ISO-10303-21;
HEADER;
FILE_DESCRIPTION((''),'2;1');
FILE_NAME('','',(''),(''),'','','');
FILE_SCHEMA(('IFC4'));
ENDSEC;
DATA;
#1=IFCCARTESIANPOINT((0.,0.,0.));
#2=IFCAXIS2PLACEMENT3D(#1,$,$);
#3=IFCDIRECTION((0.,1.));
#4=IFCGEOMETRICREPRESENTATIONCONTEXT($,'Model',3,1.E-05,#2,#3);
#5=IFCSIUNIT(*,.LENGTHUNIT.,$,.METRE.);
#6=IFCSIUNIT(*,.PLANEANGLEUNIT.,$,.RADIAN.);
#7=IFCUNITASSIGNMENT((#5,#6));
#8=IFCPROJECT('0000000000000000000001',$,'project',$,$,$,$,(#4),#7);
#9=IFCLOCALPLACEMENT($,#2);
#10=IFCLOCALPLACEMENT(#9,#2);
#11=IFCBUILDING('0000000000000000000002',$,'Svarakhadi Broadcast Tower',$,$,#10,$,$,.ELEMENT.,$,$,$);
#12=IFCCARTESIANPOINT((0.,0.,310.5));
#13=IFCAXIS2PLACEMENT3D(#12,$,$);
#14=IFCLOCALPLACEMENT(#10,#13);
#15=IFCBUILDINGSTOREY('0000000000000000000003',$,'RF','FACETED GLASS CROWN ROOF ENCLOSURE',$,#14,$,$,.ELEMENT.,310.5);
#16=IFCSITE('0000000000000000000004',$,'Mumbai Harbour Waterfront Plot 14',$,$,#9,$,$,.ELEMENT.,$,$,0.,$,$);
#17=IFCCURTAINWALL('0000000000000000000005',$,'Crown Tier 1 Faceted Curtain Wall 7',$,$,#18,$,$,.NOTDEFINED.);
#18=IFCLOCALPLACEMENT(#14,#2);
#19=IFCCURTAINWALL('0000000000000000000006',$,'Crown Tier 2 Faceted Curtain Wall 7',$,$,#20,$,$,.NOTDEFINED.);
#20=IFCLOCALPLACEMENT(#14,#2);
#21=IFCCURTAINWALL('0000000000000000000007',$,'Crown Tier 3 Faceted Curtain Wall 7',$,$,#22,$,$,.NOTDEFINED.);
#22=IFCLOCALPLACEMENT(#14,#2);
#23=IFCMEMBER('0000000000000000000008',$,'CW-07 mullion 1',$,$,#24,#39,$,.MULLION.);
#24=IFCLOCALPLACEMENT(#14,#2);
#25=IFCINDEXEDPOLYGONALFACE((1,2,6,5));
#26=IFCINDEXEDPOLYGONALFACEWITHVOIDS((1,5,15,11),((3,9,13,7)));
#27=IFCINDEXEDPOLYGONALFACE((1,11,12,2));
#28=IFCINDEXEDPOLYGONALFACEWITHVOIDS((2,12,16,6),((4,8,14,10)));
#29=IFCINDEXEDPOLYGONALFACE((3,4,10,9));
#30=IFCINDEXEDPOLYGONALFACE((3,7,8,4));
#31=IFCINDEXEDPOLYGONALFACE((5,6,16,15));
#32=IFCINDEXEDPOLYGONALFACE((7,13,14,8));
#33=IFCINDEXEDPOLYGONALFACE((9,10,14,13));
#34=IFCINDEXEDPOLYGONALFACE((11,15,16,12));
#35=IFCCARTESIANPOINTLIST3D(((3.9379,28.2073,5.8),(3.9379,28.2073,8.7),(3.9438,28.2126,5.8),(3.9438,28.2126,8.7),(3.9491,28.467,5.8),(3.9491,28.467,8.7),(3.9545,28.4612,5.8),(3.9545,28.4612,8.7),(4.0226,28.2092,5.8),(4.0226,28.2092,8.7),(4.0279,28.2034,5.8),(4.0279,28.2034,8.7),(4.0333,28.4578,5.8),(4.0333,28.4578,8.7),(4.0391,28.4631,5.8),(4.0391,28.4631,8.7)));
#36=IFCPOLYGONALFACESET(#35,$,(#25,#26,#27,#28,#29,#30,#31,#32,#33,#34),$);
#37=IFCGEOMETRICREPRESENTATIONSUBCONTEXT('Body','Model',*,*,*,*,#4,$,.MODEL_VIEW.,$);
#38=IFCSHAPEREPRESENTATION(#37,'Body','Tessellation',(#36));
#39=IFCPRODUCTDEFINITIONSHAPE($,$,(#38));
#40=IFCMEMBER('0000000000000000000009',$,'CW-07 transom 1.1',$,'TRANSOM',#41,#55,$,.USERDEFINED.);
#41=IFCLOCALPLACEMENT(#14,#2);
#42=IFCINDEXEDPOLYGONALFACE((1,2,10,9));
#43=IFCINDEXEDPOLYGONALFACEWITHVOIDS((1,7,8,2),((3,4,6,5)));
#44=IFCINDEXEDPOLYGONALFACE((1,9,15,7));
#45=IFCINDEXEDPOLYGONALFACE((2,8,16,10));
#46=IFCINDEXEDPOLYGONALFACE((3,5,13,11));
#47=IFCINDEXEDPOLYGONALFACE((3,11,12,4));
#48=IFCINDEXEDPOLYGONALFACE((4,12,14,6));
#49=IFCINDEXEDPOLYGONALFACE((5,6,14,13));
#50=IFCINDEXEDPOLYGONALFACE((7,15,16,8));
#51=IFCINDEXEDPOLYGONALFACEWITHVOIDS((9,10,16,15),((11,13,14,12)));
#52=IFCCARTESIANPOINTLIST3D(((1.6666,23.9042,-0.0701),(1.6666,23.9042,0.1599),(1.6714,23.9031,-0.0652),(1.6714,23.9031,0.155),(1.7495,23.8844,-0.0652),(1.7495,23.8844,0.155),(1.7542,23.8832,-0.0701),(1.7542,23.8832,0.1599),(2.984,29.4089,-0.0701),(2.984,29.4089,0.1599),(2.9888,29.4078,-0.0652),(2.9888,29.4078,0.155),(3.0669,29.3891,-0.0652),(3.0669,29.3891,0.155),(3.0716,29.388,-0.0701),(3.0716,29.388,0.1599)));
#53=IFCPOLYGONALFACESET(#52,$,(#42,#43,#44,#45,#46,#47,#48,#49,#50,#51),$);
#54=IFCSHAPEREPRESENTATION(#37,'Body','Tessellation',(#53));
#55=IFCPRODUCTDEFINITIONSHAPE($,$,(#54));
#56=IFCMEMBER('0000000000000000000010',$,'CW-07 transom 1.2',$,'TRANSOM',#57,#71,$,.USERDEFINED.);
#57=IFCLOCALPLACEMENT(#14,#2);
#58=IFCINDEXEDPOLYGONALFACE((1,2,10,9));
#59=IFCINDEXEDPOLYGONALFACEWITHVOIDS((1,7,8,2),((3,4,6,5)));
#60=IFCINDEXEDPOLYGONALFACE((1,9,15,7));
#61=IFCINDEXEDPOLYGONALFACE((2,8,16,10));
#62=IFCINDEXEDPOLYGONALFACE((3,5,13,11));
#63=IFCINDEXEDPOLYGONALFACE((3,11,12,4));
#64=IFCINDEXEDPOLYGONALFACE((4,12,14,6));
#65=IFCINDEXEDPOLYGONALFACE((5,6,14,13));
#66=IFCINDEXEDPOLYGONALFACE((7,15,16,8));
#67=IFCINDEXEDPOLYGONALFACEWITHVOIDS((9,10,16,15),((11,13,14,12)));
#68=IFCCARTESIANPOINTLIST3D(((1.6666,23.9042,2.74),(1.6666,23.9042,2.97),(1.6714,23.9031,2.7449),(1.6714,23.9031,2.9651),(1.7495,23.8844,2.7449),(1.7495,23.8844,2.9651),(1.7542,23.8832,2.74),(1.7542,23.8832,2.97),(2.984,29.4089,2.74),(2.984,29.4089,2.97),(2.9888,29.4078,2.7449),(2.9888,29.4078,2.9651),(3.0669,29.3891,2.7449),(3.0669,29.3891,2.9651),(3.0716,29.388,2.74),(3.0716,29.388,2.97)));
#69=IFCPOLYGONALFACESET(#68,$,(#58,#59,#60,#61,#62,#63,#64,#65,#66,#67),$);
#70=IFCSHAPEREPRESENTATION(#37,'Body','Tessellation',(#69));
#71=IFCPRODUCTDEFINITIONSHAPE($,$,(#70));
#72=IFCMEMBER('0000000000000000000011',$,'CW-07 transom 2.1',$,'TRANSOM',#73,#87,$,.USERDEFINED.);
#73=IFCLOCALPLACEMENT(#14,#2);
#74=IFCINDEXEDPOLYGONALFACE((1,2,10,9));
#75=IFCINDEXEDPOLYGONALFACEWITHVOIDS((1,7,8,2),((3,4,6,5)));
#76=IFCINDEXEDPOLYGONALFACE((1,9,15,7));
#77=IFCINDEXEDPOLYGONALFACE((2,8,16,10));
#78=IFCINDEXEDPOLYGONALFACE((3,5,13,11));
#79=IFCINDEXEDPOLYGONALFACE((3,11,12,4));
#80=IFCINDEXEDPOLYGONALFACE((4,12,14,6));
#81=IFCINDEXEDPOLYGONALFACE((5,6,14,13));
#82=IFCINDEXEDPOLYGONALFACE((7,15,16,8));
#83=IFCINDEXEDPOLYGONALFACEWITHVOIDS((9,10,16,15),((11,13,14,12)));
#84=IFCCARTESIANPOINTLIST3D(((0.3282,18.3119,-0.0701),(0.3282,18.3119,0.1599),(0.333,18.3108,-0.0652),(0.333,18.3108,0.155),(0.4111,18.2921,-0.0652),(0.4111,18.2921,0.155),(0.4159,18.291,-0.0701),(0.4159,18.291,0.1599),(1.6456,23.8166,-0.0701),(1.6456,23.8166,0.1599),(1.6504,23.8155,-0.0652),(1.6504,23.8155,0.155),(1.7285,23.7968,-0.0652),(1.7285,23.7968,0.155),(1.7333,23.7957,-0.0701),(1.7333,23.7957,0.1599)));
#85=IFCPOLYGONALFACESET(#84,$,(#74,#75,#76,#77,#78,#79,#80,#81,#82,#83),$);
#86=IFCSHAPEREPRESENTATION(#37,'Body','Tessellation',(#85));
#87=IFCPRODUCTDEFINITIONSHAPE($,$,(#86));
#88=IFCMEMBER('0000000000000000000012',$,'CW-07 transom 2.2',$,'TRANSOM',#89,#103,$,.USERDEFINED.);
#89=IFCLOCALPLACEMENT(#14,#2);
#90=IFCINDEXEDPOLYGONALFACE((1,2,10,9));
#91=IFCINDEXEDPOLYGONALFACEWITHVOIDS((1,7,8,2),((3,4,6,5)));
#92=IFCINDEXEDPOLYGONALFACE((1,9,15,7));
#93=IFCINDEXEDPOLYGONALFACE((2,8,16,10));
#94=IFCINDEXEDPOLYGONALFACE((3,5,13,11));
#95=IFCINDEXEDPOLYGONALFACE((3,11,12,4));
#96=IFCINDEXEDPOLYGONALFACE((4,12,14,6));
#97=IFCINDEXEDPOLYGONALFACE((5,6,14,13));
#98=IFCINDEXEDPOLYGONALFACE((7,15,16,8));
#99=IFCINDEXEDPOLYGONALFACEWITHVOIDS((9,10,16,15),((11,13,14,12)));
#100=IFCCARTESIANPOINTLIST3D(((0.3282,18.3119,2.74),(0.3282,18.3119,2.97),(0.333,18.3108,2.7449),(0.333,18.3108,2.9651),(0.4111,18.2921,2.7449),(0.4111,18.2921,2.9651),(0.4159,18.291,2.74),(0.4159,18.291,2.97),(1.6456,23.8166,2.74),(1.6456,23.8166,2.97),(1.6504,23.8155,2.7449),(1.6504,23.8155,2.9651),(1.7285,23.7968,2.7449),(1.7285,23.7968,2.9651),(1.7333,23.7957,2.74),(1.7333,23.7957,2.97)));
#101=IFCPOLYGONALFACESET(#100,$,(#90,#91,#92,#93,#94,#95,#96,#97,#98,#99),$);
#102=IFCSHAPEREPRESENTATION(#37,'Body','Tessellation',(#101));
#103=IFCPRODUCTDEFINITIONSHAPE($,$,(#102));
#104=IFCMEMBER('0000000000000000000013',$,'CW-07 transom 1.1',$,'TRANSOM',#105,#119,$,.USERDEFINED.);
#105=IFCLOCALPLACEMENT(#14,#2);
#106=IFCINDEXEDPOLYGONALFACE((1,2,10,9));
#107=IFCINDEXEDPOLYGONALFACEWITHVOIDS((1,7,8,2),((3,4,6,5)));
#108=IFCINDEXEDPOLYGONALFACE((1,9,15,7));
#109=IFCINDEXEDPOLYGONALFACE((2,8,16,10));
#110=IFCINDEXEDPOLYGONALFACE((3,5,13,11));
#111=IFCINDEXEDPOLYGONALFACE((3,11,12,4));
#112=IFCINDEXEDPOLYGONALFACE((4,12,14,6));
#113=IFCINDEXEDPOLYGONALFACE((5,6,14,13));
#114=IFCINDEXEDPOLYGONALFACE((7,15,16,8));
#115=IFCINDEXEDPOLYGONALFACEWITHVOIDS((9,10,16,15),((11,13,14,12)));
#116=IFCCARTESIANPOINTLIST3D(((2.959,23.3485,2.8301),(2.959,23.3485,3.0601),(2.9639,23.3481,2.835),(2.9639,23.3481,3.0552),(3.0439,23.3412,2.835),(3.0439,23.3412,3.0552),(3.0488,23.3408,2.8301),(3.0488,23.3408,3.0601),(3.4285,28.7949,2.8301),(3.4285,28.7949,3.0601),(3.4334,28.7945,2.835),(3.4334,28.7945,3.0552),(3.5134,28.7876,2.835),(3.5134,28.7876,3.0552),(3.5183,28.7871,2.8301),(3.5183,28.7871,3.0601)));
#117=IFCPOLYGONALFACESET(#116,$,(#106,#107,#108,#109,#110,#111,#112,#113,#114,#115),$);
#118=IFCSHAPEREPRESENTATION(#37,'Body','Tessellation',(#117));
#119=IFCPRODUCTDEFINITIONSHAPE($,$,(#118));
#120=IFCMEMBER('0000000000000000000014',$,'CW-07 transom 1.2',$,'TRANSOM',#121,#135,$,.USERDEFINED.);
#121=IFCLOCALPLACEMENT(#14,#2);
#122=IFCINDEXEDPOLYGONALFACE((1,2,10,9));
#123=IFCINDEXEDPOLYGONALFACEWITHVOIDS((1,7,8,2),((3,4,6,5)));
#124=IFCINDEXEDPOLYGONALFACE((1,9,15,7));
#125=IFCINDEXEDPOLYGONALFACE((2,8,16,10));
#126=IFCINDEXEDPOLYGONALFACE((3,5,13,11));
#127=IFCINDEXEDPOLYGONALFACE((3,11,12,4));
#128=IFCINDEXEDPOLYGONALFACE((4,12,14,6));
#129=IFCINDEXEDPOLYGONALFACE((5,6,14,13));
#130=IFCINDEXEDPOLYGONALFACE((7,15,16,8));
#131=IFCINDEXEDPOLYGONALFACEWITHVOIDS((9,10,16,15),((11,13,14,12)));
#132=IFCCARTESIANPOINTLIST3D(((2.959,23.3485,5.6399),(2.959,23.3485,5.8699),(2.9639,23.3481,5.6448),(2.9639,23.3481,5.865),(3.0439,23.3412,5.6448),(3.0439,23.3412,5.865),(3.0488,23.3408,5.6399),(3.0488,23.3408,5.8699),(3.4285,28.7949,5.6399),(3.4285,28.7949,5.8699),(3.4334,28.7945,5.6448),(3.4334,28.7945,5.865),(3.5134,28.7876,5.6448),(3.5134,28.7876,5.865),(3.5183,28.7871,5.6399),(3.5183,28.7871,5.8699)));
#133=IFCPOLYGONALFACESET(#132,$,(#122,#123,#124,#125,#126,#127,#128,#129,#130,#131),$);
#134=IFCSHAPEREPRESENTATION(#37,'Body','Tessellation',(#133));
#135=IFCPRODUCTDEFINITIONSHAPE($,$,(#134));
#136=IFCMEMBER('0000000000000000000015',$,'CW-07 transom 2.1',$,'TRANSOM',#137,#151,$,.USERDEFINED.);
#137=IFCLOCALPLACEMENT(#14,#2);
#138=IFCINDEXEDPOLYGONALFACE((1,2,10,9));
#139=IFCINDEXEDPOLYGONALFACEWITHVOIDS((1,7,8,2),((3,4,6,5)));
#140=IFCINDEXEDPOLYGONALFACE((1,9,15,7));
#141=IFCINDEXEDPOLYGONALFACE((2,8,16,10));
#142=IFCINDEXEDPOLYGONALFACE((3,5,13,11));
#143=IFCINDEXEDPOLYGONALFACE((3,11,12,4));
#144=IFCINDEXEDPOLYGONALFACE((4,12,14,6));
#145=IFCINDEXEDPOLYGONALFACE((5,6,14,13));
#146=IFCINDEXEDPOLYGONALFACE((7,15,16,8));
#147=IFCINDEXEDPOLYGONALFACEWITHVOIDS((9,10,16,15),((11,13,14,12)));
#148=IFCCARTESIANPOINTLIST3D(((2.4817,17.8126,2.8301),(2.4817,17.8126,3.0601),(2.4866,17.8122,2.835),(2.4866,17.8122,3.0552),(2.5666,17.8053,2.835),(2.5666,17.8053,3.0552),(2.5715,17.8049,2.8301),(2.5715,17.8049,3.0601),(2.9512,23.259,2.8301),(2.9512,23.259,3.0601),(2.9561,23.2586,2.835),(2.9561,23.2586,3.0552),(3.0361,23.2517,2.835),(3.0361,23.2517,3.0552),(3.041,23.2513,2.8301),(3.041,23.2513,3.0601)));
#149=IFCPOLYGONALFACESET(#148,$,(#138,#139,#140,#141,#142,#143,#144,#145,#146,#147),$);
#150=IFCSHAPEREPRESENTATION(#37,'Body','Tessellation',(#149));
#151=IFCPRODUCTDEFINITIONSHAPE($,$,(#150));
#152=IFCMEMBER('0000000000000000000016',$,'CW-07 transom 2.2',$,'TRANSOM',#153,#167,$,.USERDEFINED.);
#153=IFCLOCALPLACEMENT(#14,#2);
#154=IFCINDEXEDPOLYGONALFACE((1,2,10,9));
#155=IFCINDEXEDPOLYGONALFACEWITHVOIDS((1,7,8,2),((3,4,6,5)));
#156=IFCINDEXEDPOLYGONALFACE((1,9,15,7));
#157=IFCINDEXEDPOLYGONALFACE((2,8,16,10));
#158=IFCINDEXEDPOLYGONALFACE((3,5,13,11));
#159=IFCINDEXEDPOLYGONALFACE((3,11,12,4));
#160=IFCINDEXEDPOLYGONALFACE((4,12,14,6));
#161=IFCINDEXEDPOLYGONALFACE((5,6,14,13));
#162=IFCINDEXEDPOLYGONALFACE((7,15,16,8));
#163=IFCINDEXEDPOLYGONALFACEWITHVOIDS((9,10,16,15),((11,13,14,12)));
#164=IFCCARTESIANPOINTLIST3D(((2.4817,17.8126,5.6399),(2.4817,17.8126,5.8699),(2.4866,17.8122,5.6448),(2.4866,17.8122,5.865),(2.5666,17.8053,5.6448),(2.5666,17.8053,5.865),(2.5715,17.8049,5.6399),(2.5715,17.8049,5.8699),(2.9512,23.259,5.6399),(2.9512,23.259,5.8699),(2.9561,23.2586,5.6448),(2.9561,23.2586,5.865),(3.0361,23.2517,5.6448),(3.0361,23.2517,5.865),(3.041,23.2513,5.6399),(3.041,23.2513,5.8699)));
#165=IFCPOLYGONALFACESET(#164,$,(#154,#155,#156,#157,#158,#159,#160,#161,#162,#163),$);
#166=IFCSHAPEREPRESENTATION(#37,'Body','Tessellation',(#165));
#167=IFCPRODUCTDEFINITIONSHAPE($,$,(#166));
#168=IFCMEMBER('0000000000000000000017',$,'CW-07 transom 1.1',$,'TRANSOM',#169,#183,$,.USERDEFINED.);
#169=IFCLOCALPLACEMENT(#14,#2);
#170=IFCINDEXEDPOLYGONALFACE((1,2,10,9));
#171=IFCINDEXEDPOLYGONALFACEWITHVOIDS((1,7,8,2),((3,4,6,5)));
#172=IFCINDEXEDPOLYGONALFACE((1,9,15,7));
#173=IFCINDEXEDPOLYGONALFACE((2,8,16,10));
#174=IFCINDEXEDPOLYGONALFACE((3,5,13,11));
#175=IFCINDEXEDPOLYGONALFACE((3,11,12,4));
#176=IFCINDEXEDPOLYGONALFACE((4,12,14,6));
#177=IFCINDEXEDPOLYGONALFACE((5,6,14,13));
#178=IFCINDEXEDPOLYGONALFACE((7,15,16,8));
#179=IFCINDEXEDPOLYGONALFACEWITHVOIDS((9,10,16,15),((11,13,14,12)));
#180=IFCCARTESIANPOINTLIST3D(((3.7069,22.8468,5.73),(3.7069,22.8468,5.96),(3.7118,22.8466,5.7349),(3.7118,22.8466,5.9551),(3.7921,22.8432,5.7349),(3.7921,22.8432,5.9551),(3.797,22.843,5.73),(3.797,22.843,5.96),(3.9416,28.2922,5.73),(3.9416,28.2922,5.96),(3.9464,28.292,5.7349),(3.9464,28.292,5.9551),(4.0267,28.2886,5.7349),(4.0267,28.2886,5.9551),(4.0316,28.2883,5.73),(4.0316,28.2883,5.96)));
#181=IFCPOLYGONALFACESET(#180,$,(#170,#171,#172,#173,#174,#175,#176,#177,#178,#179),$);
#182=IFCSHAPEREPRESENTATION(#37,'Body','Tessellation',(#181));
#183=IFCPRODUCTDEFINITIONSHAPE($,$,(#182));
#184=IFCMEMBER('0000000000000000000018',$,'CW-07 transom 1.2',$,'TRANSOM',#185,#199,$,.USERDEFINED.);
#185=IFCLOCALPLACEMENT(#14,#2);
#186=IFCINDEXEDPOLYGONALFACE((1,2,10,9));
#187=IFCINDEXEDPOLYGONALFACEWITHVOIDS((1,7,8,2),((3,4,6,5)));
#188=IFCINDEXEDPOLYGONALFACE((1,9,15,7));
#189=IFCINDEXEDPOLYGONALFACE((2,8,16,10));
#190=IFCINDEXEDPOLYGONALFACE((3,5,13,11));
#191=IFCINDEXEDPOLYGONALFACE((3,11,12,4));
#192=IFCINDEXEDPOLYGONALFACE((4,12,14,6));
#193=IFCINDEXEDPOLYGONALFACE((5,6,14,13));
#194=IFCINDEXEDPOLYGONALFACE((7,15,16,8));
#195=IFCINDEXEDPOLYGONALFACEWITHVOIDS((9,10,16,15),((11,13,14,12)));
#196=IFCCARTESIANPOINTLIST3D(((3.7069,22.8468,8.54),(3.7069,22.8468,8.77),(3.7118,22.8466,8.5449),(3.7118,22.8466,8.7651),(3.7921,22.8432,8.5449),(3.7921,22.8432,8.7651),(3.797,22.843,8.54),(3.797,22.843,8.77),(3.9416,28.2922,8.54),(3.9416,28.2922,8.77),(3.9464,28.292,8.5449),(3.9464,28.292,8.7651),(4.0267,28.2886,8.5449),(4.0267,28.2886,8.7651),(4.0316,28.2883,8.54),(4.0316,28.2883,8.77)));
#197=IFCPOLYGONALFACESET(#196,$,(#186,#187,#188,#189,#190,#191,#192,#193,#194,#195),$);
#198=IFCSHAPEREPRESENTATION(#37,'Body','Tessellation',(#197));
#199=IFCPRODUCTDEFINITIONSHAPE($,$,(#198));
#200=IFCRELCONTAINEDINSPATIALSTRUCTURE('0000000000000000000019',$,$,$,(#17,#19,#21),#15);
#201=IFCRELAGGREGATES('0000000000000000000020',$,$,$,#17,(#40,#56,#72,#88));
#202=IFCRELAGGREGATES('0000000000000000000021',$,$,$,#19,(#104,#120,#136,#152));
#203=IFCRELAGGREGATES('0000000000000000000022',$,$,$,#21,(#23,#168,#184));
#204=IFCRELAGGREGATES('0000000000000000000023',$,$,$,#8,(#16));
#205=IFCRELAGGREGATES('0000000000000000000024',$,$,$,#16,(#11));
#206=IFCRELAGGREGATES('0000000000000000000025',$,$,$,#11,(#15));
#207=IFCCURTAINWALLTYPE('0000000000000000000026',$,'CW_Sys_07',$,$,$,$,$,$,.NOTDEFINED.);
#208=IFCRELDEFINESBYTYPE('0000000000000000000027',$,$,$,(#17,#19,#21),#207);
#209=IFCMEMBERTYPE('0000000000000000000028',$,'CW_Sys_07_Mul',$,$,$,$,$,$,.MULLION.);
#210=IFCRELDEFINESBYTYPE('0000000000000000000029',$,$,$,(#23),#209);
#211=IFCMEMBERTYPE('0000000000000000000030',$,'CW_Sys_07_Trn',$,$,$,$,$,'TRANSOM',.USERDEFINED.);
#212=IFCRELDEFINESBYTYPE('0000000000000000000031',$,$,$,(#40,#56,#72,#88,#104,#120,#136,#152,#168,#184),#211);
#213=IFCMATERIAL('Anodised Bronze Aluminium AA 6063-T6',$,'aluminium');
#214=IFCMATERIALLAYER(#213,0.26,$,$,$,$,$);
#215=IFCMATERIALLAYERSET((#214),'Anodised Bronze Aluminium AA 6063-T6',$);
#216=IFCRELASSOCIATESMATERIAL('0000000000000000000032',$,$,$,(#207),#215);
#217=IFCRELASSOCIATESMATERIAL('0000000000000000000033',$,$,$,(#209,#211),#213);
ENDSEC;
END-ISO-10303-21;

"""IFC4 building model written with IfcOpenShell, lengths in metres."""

from ifc_helpers import new_model, si_unit, direction, frame, origin, origin_2d, place, context, subcontext, project, spatial, hollow_rectangle, extrude, material, layer, layer_set, material_profile, profile_set, type_object, element, aggregate, save


model = new_model("IFC4")

# Units and contexts
model_context = context("Model", 3, precision=1e-05, world=origin(), true_north=direction((0.0, 1.0)))
body_context = subcontext(model_context, "Body", "Model", "MODEL_VIEW")
ifc_project = project(units=[si_unit("LENGTHUNIT", "METRE"), si_unit("PLANEANGLEUNIT", "RADIAN")], contexts=[model_context])

# Site, building, storey
site_placement = place(None, origin())
site = spatial("IfcSite", under=ifc_project, at=site_placement, Name="Mumbai Harbour Waterfront Plot 14", CompositionType="ELEMENT", RefElevation=0.0)
building_placement = place(site_placement, origin())
building = spatial("IfcBuilding", under=site, at=building_placement, Name="Svarakhadi Broadcast Tower", CompositionType="ELEMENT")
storey_placement = place(building_placement, frame((0.0, 0.0, 310.5)))
storey = spatial("IfcBuildingStorey", under=building, at=storey_placement, Name="RF", Description="FACETED GLASS CROWN ROOF ENCLOSURE", CompositionType="ELEMENT", Elevation=310.5)

# Shared definitions
ifc_material_1 = material(Name="Anodised Bronze Aluminium AA 6063-T6", Category="aluminium")
ifc_layer_1 = layer(ifc_material_1, 0.26)
ifc_layer_set_1 = layer_set([ifc_layer_1], Name="Anodised Bronze Aluminium AA 6063-T6")
curtain_wall_type = type_object("IfcCurtainWallType", Name="CW_Sys_07", PredefinedType="NOTDEFINED", material=ifc_layer_set_1)
ifc_material_profile_1 = material_profile(ifc_material_1, hollow_rectangle(XDim=0.0901, YDim=0.26, WallThickness=0.0056, at=origin_2d()), Name="ALU MULLION 260x90x6")
ifc_profile_set_1 = profile_set([ifc_material_profile_1], Name="Anodised Bronze Aluminium AA 6063-T6")
member_type_1 = type_object("IfcMemberType", Name="CW_Sys_07_Mul", PredefinedType="MULLION", material=ifc_profile_set_1)

# Curtain wall
curtain_wall_1_placement = place(storey_placement, origin())
curtain_wall_1 = element("IfcCurtainWall", 1, at=curtain_wall_1_placement, inside=storey, type_object=curtain_wall_type, Name="Crown Tier 1 Faceted Curtain Wall 7", PredefinedType="NOTDEFINED")

# Curtain wall
curtain_wall_2_placement = place(storey_placement, origin())
curtain_wall_2 = element("IfcCurtainWall", 2, at=curtain_wall_2_placement, inside=storey, type_object=curtain_wall_type, Name="Crown Tier 2 Faceted Curtain Wall 7", PredefinedType="NOTDEFINED")

# Curtain wall, member
curtain_wall_3_placement = place(storey_placement, origin())
curtain_wall_3 = element("IfcCurtainWall", 3, at=curtain_wall_3_placement, inside=storey, type_object=curtain_wall_type, Name="Crown Tier 3 Faceted Curtain Wall 7", PredefinedType="NOTDEFINED")
member_1_placement = place(storey_placement, frame((3.9885, 28.3352, 5.8), z_axis=(0.0, 0.0, 1.0), x_axis=(0.999073, -0.043059, 0.0)))
member_1 = element("IfcMember", 4, at=member_1_placement, type_object=member_type_1, Name="CW-07 mullion 1", PredefinedType="MULLION", context=body_context, shape_type="SweptSolid", body=[
    extrude(hollow_rectangle(XDim=0.0901, YDim=0.26, WallThickness=0.0056, at=origin_2d()), origin(), (0.0, 0.0, 1.0), 2.8999),
])

# Members
ifc_material_profile_2 = material_profile(ifc_material_1, hollow_rectangle(XDim=0.0901, YDim=0.23, WallThickness=0.0049, at=origin_2d()), Name="ALU TRANSOM 230x90x5")
ifc_profile_set_2 = profile_set([ifc_material_profile_2], Name="Anodised Bronze Aluminium AA 6063-T6")
member_type_2 = type_object("IfcMemberType", Name="CW_Sys_07_Trn", ElementType="TRANSOM", PredefinedType="USERDEFINED", material=ifc_profile_set_2)
member_2_placement = place(storey_placement, frame((3.0278, 29.3984, 0.0449), z_axis=(-0.23275, -0.972537, 0.0), x_axis=(0.972537, -0.23275, 0.0)))
member_2 = element("IfcMember", 5, at=member_2_placement, type_object=member_type_2, Name="CW-07 transom 1.1", ObjectType="TRANSOM", PredefinedType="USERDEFINED", context=body_context, shape_type="SweptSolid", body=[
    extrude(hollow_rectangle(XDim=0.0901, YDim=0.23, WallThickness=0.0049, at=origin_2d()), origin(), (0.0, 0.0, 1.0), 5.6602),
])
member_3_placement = place(storey_placement, frame((3.0278, 29.3984, 2.855), z_axis=(-0.23275, -0.972537, 0.0), x_axis=(0.972537, -0.23275, 0.0)))
member_3 = element("IfcMember", 6, at=member_3_placement, type_object=member_type_2, Name="CW-07 transom 1.2", ObjectType="TRANSOM", PredefinedType="USERDEFINED", context=body_context, shape_type="SweptSolid", body=[
    extrude(hollow_rectangle(XDim=0.0901, YDim=0.23, WallThickness=0.0049, at=origin_2d()), origin(), (0.0, 0.0, 1.0), 5.6602),
])
member_4_placement = place(storey_placement, frame((1.6895, 23.8062, 0.0449), z_axis=(-0.23275, -0.972537, 0.0), x_axis=(0.972537, -0.23275, 0.0)))
member_4 = element("IfcMember", 7, at=member_4_placement, type_object=member_type_2, Name="CW-07 transom 2.1", ObjectType="TRANSOM", PredefinedType="USERDEFINED", context=body_context, shape_type="SweptSolid", body=[
    extrude(hollow_rectangle(XDim=0.0901, YDim=0.23, WallThickness=0.0049, at=origin_2d()), origin(), (0.0, 0.0, 1.0), 5.6602),
])
member_5_placement = place(storey_placement, frame((1.6895, 23.8062, 2.855), z_axis=(-0.23275, -0.972537, 0.0), x_axis=(0.972537, -0.23275, 0.0)))
member_5 = element("IfcMember", 8, at=member_5_placement, type_object=member_type_2, Name="CW-07 transom 2.2", ObjectType="TRANSOM", PredefinedType="USERDEFINED", context=body_context, shape_type="SweptSolid", body=[
    extrude(hollow_rectangle(XDim=0.0901, YDim=0.23, WallThickness=0.0049, at=origin_2d()), origin(), (0.0, 0.0, 1.0), 5.6602),
])
member_6_placement = place(storey_placement, frame((3.4734, 28.791, 2.9451), z_axis=(-0.085884, -0.996305, 0.0), x_axis=(0.996305, -0.085884, 0.0)))
member_6 = element("IfcMember", 9, at=member_6_placement, type_object=member_type_2, Name="CW-07 transom 1.1", ObjectType="TRANSOM", PredefinedType="USERDEFINED", context=body_context, shape_type="SweptSolid", body=[
    extrude(hollow_rectangle(XDim=0.0901, YDim=0.23, WallThickness=0.0049, at=origin_2d()), origin(), (0.0, 0.0, 1.0), 5.4666),
])
member_7_placement = place(storey_placement, frame((3.4734, 28.791, 5.7549), z_axis=(-0.085884, -0.996305, 0.0), x_axis=(0.996305, -0.085884, 0.0)))
member_7 = element("IfcMember", 10, at=member_7_placement, type_object=member_type_2, Name="CW-07 transom 1.2", ObjectType="TRANSOM", PredefinedType="USERDEFINED", context=body_context, shape_type="SweptSolid", body=[
    extrude(hollow_rectangle(XDim=0.0901, YDim=0.23, WallThickness=0.0049, at=origin_2d()), origin(), (0.0, 0.0, 1.0), 5.4666),
])
member_8_placement = place(storey_placement, frame((2.9961, 23.2551, 2.9451), z_axis=(-0.085884, -0.996305, 0.0), x_axis=(0.996305, -0.085884, 0.0)))
member_8 = element("IfcMember", 11, at=member_8_placement, type_object=member_type_2, Name="CW-07 transom 2.1", ObjectType="TRANSOM", PredefinedType="USERDEFINED", context=body_context, shape_type="SweptSolid", body=[
    extrude(hollow_rectangle(XDim=0.0901, YDim=0.23, WallThickness=0.0049, at=origin_2d()), origin(), (0.0, 0.0, 1.0), 5.4666),
])
member_9_placement = place(storey_placement, frame((2.9961, 23.2551, 5.7549), z_axis=(-0.085884, -0.996305, 0.0), x_axis=(0.996305, -0.085884, 0.0)))
member_9 = element("IfcMember", 12, at=member_9_placement, type_object=member_type_2, Name="CW-07 transom 2.2", ObjectType="TRANSOM", PredefinedType="USERDEFINED", context=body_context, shape_type="SweptSolid", body=[
    extrude(hollow_rectangle(XDim=0.0901, YDim=0.23, WallThickness=0.0049, at=origin_2d()), origin(), (0.0, 0.0, 1.0), 5.4666),
])
member_10_placement = place(storey_placement, frame((3.9866, 28.2903, 5.845), z_axis=(-0.043047, -0.999073, 0.0), x_axis=(0.999073, -0.043047, 0.0)))
member_10 = element("IfcMember", 13, at=member_10_placement, type_object=member_type_2, Name="CW-07 transom 1.1", ObjectType="TRANSOM", PredefinedType="USERDEFINED", context=body_context, shape_type="SweptSolid", body=[
    extrude(hollow_rectangle(XDim=0.0901, YDim=0.23, WallThickness=0.0049, at=origin_2d()), origin(), (0.0, 0.0, 1.0), 5.4504),
])
member_11_placement = place(storey_placement, frame((3.9866, 28.2903, 8.655), z_axis=(-0.043047, -0.999073, 0.0), x_axis=(0.999073, -0.043047, 0.0)))
member_11 = element("IfcMember", 14, at=member_11_placement, type_object=member_type_2, Name="CW-07 transom 1.2", ObjectType="TRANSOM", PredefinedType="USERDEFINED", context=body_context, shape_type="SweptSolid", body=[
    extrude(hollow_rectangle(XDim=0.0901, YDim=0.23, WallThickness=0.0049, at=origin_2d()), origin(), (0.0, 0.0, 1.0), 5.4504),
])

aggregate(curtain_wall_1, [member_2, member_3, member_4, member_5])
aggregate(curtain_wall_2, [member_6, member_7, member_8, member_9])
aggregate(curtain_wall_3, [member_1, member_10, member_11])

save(model, "model.ifc")
